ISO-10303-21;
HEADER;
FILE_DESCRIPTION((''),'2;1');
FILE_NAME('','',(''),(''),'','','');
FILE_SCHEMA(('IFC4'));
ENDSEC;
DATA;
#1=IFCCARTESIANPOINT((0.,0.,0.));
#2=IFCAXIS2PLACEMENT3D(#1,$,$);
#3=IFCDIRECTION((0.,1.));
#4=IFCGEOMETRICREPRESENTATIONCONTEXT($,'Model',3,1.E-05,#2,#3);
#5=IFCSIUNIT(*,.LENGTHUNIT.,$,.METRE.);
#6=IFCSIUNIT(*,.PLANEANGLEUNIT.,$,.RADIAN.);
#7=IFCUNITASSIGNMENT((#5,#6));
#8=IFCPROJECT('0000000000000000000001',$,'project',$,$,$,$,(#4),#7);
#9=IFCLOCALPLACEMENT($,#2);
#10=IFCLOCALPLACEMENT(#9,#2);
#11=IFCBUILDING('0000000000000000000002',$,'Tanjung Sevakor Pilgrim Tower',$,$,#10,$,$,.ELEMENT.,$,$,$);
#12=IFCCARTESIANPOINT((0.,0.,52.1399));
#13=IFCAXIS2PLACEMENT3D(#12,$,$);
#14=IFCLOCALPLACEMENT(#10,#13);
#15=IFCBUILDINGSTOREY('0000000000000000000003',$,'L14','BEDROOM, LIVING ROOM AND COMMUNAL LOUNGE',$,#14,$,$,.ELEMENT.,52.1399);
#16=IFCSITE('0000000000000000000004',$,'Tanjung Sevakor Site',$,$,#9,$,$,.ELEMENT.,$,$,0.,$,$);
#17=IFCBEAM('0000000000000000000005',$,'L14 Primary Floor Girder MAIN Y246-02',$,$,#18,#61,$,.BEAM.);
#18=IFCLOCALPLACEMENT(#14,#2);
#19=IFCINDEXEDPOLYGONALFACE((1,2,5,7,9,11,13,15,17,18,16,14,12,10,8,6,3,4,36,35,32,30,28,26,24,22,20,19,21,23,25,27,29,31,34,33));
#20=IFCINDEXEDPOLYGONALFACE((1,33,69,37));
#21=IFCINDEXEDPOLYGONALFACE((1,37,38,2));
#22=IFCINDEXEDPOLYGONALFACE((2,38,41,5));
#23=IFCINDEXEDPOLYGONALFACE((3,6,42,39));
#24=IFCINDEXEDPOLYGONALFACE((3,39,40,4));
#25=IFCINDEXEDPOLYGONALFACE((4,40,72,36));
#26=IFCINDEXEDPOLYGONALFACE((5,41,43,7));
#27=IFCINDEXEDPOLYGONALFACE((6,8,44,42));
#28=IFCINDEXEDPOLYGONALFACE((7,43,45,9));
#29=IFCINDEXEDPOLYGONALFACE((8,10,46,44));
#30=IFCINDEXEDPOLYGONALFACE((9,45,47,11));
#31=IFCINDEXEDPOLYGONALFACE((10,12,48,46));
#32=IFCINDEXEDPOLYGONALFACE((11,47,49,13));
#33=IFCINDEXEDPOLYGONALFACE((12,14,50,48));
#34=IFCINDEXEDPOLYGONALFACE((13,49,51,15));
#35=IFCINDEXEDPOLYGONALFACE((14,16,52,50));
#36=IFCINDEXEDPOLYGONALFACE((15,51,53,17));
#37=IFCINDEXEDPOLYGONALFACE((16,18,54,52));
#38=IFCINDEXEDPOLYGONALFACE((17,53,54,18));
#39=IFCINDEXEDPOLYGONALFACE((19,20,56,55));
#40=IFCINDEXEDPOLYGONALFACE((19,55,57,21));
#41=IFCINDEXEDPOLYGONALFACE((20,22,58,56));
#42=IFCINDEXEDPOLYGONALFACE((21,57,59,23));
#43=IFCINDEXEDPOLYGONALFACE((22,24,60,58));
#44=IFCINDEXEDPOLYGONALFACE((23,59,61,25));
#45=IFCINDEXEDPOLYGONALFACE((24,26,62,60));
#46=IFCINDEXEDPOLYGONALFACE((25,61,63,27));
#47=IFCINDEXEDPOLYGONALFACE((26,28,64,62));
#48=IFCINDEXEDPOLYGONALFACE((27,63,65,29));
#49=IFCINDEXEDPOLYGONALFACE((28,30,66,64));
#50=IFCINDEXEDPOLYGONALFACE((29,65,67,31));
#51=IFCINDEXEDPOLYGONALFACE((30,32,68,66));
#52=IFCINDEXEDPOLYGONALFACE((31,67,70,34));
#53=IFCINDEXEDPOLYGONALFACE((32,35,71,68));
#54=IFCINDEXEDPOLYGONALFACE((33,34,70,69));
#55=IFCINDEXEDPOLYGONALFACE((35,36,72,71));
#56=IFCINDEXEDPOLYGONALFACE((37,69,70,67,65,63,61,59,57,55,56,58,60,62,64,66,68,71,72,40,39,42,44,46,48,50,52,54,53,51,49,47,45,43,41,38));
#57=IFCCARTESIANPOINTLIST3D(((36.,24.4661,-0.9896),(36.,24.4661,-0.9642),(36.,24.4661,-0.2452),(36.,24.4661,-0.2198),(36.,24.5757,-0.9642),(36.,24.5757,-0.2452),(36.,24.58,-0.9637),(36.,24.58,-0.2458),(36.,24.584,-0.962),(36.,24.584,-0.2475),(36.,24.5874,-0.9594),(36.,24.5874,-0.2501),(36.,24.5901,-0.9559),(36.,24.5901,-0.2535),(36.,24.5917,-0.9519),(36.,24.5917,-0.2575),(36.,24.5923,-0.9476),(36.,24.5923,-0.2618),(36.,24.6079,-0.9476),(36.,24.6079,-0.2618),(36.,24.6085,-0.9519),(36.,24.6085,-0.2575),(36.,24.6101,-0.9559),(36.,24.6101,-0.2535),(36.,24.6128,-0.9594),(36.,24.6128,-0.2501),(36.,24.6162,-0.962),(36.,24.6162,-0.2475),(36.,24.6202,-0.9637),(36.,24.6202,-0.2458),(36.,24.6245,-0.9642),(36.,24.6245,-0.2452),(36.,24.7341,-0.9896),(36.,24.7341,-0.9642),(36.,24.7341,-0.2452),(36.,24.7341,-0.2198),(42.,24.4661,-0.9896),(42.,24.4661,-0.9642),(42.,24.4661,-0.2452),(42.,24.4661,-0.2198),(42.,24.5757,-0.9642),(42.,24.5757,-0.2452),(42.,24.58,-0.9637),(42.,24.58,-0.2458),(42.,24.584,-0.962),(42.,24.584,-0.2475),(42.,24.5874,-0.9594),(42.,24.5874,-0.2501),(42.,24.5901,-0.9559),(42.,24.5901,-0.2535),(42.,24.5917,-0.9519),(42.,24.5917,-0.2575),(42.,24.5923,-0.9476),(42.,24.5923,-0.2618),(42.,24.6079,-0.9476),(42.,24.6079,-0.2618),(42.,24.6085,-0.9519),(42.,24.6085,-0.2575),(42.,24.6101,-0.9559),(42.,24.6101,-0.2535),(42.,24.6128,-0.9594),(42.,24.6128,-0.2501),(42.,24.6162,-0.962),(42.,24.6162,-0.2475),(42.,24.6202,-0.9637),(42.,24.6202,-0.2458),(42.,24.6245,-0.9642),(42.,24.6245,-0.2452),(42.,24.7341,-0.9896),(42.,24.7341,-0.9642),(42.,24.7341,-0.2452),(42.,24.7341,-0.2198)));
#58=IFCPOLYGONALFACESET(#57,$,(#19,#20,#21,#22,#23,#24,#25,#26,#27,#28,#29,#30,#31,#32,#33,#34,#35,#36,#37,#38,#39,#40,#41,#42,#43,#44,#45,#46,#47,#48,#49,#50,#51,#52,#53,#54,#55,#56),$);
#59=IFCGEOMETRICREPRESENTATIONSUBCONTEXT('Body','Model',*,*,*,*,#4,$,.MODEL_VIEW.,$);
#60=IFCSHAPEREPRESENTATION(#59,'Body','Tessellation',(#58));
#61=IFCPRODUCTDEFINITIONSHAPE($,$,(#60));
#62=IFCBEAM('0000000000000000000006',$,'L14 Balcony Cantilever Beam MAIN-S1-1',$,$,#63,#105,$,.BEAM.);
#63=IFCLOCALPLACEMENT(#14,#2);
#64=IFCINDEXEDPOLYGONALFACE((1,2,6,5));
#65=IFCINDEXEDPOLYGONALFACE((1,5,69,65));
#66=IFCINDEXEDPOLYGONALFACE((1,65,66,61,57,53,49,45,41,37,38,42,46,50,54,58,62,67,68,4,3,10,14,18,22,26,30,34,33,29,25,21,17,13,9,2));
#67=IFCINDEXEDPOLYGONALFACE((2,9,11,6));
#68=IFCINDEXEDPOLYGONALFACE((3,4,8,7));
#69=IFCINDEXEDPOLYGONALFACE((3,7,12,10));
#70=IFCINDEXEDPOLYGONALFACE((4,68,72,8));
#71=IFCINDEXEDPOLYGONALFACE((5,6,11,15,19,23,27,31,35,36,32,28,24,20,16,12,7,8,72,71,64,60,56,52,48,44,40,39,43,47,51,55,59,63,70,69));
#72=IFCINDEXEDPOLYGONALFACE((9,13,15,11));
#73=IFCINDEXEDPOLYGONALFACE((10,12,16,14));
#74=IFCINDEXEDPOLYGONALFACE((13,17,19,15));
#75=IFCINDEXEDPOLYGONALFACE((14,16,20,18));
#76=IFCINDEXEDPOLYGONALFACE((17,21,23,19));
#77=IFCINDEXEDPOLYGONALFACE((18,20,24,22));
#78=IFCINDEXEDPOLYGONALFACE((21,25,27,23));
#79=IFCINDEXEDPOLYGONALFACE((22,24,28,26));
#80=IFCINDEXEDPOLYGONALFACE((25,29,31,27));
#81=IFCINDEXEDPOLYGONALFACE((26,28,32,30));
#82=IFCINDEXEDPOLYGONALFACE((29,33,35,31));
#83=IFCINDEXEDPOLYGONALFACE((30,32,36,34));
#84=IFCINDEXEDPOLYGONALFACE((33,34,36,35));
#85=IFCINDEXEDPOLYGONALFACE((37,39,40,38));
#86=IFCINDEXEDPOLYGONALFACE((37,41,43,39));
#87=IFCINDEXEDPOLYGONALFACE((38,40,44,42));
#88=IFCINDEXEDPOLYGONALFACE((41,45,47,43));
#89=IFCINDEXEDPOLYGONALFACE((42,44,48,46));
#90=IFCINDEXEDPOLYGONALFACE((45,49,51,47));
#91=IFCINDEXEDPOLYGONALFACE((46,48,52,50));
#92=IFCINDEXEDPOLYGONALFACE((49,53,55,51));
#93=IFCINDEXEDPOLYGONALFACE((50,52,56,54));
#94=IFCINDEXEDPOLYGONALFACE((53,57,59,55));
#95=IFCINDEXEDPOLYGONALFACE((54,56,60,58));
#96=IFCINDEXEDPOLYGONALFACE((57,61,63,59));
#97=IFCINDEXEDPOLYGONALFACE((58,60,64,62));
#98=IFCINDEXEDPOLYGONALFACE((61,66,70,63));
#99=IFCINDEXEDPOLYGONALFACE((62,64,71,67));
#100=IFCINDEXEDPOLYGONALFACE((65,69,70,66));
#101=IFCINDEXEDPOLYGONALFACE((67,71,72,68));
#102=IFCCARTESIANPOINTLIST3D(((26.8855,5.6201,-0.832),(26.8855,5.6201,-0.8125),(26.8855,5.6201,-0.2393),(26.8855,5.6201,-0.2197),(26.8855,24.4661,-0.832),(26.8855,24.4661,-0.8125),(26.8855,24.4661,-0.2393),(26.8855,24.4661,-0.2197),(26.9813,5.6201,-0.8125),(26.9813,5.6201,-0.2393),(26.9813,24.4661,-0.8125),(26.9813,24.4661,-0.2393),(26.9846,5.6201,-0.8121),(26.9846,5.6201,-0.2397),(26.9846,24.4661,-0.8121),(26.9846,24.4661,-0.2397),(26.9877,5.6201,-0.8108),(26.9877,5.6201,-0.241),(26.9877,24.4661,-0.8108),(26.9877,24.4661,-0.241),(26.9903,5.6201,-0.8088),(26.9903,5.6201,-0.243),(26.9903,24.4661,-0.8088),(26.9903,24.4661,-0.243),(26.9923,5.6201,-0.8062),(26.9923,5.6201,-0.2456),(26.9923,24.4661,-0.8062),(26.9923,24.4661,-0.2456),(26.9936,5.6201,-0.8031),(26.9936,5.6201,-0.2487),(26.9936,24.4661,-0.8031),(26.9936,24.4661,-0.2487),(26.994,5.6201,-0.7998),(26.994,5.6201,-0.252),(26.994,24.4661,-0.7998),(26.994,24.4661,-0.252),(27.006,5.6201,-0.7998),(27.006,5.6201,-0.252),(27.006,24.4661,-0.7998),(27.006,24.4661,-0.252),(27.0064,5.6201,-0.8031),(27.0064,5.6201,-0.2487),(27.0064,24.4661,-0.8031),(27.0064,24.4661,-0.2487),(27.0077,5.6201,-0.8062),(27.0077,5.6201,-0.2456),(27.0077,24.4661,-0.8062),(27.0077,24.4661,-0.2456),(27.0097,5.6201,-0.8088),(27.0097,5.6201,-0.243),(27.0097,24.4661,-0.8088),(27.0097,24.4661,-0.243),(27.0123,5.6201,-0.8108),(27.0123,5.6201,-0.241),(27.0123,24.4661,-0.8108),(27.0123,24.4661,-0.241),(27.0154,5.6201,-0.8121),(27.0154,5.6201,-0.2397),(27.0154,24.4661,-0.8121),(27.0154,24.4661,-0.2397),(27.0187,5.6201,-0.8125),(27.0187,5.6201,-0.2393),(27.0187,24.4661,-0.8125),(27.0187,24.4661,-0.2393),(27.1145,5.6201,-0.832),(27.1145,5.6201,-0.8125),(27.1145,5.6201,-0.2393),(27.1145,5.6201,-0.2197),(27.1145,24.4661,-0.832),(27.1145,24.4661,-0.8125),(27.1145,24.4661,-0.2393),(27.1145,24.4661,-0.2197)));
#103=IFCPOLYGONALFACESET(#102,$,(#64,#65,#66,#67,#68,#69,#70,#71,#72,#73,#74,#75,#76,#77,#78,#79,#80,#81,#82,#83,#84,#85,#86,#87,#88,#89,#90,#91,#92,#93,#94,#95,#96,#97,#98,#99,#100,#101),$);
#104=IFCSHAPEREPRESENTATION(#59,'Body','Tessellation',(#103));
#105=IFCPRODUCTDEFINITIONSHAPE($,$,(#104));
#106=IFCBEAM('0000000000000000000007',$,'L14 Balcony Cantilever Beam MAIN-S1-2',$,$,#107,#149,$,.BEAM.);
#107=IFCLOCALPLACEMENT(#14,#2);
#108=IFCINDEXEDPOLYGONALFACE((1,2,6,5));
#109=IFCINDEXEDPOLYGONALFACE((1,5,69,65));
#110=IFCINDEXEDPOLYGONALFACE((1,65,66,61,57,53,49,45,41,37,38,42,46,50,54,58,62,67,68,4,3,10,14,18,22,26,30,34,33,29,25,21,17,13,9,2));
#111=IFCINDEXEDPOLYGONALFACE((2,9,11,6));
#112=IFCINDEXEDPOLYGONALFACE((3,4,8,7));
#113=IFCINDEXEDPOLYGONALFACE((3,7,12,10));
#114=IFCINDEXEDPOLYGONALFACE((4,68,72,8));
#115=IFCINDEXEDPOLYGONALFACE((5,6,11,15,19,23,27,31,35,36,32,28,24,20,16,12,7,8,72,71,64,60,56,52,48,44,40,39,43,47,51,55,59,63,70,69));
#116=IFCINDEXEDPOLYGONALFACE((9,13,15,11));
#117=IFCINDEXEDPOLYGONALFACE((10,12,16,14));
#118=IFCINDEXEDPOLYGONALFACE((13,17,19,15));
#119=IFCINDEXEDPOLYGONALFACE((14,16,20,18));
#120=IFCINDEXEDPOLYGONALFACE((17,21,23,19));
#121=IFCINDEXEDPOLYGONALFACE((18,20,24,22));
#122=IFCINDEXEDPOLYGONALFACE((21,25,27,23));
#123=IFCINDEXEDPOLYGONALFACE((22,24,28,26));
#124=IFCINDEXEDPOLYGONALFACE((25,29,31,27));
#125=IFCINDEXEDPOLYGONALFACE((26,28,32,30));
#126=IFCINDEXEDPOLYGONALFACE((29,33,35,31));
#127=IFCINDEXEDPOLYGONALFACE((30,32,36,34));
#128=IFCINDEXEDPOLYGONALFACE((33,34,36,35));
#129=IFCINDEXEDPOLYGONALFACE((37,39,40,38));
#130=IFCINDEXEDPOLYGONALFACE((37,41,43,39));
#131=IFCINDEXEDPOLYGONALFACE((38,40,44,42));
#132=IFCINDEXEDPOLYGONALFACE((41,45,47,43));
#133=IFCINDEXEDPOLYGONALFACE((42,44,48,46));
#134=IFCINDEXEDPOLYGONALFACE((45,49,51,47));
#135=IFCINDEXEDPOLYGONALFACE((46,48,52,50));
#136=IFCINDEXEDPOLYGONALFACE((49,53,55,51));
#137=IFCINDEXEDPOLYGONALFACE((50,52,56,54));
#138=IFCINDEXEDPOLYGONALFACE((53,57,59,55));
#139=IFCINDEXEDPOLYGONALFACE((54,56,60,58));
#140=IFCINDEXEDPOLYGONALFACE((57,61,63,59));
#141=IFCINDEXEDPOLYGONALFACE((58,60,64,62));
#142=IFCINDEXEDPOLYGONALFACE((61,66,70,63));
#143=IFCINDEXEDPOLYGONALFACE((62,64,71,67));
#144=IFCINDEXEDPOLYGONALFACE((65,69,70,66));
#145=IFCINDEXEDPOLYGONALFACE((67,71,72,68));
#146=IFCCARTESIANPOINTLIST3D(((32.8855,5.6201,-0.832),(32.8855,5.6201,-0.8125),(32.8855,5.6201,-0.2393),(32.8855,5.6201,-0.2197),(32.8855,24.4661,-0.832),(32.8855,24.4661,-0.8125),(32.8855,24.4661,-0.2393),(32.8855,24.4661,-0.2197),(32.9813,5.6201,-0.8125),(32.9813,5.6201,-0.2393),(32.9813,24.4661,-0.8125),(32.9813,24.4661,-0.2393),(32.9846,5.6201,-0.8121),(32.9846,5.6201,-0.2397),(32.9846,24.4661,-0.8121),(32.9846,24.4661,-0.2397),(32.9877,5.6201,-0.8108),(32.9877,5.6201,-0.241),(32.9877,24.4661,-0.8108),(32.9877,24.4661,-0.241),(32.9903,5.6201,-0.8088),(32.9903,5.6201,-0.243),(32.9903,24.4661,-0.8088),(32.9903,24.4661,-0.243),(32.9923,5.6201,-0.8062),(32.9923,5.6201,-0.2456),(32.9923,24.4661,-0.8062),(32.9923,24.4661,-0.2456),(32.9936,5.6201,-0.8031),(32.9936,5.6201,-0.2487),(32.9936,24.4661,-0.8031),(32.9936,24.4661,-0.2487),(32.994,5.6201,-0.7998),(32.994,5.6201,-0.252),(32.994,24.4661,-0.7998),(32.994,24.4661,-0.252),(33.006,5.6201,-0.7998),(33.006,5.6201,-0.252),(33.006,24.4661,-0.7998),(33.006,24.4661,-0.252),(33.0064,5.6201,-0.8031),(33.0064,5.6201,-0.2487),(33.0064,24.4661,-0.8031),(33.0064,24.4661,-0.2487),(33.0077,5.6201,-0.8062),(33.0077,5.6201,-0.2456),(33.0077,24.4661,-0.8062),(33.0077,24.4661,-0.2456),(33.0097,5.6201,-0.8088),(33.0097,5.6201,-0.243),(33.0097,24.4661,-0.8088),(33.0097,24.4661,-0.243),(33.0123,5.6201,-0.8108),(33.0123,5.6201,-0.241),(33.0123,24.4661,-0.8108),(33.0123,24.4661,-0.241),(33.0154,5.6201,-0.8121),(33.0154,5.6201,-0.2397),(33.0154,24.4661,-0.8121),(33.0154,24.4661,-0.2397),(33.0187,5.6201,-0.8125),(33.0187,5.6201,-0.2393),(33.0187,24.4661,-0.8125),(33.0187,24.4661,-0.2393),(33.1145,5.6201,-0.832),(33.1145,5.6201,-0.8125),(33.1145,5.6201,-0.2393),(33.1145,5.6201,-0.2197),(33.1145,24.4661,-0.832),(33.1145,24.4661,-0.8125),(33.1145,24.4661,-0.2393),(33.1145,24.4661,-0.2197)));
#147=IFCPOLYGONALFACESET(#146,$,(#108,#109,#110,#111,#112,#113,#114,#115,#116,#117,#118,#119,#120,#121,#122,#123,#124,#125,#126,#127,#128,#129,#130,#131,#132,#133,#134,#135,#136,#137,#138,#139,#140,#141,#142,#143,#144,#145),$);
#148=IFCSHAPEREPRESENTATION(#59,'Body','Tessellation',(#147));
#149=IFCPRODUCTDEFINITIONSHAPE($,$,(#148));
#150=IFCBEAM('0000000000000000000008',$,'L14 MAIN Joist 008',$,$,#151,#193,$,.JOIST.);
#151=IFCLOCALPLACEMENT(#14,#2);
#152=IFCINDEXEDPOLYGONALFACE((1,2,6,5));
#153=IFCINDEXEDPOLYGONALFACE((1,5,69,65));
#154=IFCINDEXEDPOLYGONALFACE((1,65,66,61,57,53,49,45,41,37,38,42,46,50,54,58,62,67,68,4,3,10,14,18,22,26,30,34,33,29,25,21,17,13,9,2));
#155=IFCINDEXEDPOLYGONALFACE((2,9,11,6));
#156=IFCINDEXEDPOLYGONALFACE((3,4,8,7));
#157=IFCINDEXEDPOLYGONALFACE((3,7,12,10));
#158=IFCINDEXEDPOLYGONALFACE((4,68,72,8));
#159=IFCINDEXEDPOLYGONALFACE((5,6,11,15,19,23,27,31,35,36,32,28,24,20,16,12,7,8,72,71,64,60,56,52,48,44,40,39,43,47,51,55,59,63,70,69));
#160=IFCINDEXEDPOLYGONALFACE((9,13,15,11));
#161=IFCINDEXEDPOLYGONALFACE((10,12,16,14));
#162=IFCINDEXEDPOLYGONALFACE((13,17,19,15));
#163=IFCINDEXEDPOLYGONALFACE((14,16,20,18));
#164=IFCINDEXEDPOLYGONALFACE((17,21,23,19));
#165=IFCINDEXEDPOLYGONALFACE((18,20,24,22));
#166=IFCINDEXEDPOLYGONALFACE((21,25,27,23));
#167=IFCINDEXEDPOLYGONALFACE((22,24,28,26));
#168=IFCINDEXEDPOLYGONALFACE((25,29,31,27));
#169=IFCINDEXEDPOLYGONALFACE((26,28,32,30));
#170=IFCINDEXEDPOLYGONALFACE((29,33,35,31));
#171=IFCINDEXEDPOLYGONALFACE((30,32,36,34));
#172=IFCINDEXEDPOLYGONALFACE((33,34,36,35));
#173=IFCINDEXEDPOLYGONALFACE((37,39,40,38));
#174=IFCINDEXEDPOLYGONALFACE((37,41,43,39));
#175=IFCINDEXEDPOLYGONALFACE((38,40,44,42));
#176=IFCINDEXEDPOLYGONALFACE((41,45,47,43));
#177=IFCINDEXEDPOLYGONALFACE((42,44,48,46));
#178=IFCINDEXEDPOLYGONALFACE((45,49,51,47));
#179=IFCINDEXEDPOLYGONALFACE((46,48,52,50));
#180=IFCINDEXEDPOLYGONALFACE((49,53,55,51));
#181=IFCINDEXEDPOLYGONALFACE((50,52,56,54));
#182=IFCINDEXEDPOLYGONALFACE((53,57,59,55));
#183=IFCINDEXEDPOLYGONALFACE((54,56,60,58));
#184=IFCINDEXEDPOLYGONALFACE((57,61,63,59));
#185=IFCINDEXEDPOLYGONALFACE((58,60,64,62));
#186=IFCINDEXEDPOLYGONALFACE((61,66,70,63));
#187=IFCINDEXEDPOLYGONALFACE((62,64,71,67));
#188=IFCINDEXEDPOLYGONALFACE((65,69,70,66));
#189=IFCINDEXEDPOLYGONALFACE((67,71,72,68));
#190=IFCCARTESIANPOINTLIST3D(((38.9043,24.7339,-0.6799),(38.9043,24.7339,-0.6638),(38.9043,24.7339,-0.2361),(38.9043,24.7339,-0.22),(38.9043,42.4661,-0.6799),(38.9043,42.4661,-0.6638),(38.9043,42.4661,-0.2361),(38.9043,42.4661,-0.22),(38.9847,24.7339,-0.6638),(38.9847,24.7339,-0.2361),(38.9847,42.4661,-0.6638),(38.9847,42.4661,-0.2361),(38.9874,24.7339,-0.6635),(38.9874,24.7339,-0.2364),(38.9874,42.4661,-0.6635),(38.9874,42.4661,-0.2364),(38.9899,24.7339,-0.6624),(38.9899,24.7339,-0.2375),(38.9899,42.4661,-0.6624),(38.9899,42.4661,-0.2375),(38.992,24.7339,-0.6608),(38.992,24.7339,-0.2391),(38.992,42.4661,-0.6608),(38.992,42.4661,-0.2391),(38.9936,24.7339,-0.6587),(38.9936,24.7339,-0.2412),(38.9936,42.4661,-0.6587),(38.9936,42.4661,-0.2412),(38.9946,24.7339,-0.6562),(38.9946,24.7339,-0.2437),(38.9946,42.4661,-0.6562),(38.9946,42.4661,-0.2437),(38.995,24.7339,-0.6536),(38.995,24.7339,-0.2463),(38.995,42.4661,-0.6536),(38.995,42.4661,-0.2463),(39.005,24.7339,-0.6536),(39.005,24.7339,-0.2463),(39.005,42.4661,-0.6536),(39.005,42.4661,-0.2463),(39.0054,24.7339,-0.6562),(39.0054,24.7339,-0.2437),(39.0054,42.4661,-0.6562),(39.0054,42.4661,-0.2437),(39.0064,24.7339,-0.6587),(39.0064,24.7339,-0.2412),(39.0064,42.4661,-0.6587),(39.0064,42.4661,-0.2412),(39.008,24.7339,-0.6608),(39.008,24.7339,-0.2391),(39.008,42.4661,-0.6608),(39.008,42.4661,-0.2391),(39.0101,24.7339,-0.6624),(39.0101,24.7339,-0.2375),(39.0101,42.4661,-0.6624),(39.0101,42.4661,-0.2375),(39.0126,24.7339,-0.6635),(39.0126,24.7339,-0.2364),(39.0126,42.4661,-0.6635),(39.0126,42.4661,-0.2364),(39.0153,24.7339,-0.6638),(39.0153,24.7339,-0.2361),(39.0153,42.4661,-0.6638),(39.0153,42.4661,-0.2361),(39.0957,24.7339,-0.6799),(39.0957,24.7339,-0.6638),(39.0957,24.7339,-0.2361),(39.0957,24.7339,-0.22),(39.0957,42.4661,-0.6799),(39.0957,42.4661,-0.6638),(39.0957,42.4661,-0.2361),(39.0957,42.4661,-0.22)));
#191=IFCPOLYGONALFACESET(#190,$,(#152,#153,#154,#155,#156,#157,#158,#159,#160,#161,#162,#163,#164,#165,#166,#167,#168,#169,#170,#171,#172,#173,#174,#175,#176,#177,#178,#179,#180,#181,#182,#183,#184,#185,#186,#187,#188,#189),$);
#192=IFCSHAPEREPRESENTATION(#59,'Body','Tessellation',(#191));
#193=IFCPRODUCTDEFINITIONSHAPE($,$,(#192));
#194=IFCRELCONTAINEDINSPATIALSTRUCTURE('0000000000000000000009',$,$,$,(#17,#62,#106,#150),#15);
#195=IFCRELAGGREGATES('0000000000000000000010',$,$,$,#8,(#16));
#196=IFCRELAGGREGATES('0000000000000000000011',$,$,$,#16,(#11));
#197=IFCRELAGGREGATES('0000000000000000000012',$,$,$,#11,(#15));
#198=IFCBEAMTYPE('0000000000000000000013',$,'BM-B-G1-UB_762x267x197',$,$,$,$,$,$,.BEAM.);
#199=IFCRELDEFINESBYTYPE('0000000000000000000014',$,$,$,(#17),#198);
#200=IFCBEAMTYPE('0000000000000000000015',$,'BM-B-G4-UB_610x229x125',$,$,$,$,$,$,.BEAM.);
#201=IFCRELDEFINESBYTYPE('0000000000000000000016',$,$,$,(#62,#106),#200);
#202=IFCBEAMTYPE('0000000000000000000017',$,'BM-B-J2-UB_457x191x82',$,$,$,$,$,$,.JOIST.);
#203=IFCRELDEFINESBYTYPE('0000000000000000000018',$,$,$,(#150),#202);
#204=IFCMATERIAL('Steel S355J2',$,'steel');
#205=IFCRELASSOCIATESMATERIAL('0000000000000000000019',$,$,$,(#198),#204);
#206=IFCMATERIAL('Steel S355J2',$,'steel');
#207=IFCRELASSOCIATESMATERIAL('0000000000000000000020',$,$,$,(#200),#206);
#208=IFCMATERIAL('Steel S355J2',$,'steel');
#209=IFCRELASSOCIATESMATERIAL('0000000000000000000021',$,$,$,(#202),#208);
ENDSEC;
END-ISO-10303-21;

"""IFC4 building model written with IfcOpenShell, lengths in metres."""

from ifc_helpers import new_model, si_unit, direction, frame, origin, origin_2d, place, context, subcontext, project, spatial, i_section, extrude, material, material_profile, profile_set, type_object, element, save


model = new_model("IFC4")

# Units and contexts
model_context = context("Model", 3, precision=1e-05, world=origin(), true_north=direction((0.0, 1.0)))
body_context = subcontext(model_context, "Body", "Model", "MODEL_VIEW")
ifc_project = project(units=[si_unit("LENGTHUNIT", "METRE"), si_unit("PLANEANGLEUNIT", "RADIAN")], contexts=[model_context])

# Site, building, storey
site_placement = place(None, origin())
site = spatial("IfcSite", under=ifc_project, at=site_placement, Name="Tanjung Sevakor Site", CompositionType="ELEMENT", RefElevation=0.0)
building_placement = place(site_placement, origin())
building = spatial("IfcBuilding", under=site, at=building_placement, Name="Tanjung Sevakor Pilgrim Tower", CompositionType="ELEMENT")
storey_placement = place(building_placement, frame((0.0, 0.0, 52.1399)))
storey = spatial("IfcBuildingStorey", under=building, at=storey_placement, Name="L14", Description="BEDROOM, LIVING ROOM AND COMMUNAL LOUNGE", CompositionType="ELEMENT", Elevation=52.1399)

# Beams
ifc_material_1 = material(Name="Steel S355J2", Category="steel")
ifc_material_profile_1 = material_profile(ifc_material_1, i_section(OverallWidth=0.2681, OverallDepth=0.7698, WebThickness=0.0156, FlangeThickness=0.0254, FilletRadius=0.0166, at=origin_2d()))
ifc_profile_set_1 = profile_set([ifc_material_profile_1], Name="Steel S355J2")
beam_type_1 = type_object("IfcBeamType", Name="BM-B-G1-UB_762x267x197", PredefinedType="BEAM", material=ifc_profile_set_1)
beam_1_placement = place(storey_placement, frame((36.0, 24.6001, -0.6047), z_axis=(1.0, 0.0, 0.0), x_axis=(0.0, 1.0, 0.0)))
element("IfcBeam", 1, at=beam_1_placement, inside=storey, type_object=beam_type_1, Name="L14 Primary Floor Girder MAIN Y246-02", PredefinedType="BEAM", context=body_context, shape_type="SweptSolid", body=[
    extrude(i_section(OverallWidth=0.2681, OverallDepth=0.7698, WebThickness=0.0156, FlangeThickness=0.0254, FilletRadius=0.0166, at=origin_2d()), origin(), (0.0, 0.0, 1.0), 6.0),
])
ifc_material_2 = material(Name="Steel S355J2", Category="steel")
ifc_material_profile_2 = material_profile(ifc_material_2, i_section(OverallWidth=0.229, OverallDepth=0.6123, WebThickness=0.012, FlangeThickness=0.0195, FilletRadius=0.0127, at=origin_2d()))
ifc_profile_set_2 = profile_set([ifc_material_profile_2], Name="Steel S355J2")
beam_type_2 = type_object("IfcBeamType", Name="BM-B-G4-UB_610x229x125", PredefinedType="BEAM", material=ifc_profile_set_2)
for number, where, z_axis, x_axis, name in (
    (2, (27.0, 24.4661, -0.5259), (0.0, -1.0, 0.0), (1.0, 0.0, 0.0), "L14 Balcony Cantilever Beam MAIN-S1-1"),
    (3, (33.0, 24.4661, -0.5259), (0.0, -1.0, 0.0), (1.0, 0.0, 0.0), "L14 Balcony Cantilever Beam MAIN-S1-2"),
):
    element("IfcBeam", number, at=place(storey_placement, frame(where, z_axis=z_axis, x_axis=x_axis)), inside=storey, type_object=beam_type_2, Name=name, PredefinedType="BEAM", context=body_context, shape_type="SweptSolid", body=[
        extrude(i_section(OverallWidth=0.229, OverallDepth=0.6123, WebThickness=0.012, FlangeThickness=0.0195, FilletRadius=0.0127, at=origin_2d()), origin(), (0.0, 0.0, 1.0), 18.8459),
    ])
ifc_material_3 = material(Name="Steel S355J2", Category="steel")
ifc_material_profile_3 = material_profile(ifc_material_3, i_section(OverallWidth=0.1914, OverallDepth=0.46, WebThickness=0.01, FlangeThickness=0.0161, FilletRadius=0.0103, at=origin_2d()))
ifc_profile_set_3 = profile_set([ifc_material_profile_3], Name="Steel S355J2")
beam_type_3 = type_object("IfcBeamType", Name="BM-B-J2-UB_457x191x82", PredefinedType="JOIST", material=ifc_profile_set_3)
beam_2_placement = place(storey_placement, frame((39.0, 24.7339, -0.45), z_axis=(0.0, 1.0, 0.0), x_axis=(-1.0, 0.0, 0.0)))
element("IfcBeam", 4, at=beam_2_placement, inside=storey, type_object=beam_type_3, Name="L14 MAIN Joist 008", PredefinedType="JOIST", context=body_context, shape_type="SweptSolid", body=[
    extrude(i_section(OverallWidth=0.1914, OverallDepth=0.46, WebThickness=0.01, FlangeThickness=0.0161, FilletRadius=0.0103, at=origin_2d()), origin(), (0.0, 0.0, 1.0), 17.7322),
])

save(model, "model.ifc")
